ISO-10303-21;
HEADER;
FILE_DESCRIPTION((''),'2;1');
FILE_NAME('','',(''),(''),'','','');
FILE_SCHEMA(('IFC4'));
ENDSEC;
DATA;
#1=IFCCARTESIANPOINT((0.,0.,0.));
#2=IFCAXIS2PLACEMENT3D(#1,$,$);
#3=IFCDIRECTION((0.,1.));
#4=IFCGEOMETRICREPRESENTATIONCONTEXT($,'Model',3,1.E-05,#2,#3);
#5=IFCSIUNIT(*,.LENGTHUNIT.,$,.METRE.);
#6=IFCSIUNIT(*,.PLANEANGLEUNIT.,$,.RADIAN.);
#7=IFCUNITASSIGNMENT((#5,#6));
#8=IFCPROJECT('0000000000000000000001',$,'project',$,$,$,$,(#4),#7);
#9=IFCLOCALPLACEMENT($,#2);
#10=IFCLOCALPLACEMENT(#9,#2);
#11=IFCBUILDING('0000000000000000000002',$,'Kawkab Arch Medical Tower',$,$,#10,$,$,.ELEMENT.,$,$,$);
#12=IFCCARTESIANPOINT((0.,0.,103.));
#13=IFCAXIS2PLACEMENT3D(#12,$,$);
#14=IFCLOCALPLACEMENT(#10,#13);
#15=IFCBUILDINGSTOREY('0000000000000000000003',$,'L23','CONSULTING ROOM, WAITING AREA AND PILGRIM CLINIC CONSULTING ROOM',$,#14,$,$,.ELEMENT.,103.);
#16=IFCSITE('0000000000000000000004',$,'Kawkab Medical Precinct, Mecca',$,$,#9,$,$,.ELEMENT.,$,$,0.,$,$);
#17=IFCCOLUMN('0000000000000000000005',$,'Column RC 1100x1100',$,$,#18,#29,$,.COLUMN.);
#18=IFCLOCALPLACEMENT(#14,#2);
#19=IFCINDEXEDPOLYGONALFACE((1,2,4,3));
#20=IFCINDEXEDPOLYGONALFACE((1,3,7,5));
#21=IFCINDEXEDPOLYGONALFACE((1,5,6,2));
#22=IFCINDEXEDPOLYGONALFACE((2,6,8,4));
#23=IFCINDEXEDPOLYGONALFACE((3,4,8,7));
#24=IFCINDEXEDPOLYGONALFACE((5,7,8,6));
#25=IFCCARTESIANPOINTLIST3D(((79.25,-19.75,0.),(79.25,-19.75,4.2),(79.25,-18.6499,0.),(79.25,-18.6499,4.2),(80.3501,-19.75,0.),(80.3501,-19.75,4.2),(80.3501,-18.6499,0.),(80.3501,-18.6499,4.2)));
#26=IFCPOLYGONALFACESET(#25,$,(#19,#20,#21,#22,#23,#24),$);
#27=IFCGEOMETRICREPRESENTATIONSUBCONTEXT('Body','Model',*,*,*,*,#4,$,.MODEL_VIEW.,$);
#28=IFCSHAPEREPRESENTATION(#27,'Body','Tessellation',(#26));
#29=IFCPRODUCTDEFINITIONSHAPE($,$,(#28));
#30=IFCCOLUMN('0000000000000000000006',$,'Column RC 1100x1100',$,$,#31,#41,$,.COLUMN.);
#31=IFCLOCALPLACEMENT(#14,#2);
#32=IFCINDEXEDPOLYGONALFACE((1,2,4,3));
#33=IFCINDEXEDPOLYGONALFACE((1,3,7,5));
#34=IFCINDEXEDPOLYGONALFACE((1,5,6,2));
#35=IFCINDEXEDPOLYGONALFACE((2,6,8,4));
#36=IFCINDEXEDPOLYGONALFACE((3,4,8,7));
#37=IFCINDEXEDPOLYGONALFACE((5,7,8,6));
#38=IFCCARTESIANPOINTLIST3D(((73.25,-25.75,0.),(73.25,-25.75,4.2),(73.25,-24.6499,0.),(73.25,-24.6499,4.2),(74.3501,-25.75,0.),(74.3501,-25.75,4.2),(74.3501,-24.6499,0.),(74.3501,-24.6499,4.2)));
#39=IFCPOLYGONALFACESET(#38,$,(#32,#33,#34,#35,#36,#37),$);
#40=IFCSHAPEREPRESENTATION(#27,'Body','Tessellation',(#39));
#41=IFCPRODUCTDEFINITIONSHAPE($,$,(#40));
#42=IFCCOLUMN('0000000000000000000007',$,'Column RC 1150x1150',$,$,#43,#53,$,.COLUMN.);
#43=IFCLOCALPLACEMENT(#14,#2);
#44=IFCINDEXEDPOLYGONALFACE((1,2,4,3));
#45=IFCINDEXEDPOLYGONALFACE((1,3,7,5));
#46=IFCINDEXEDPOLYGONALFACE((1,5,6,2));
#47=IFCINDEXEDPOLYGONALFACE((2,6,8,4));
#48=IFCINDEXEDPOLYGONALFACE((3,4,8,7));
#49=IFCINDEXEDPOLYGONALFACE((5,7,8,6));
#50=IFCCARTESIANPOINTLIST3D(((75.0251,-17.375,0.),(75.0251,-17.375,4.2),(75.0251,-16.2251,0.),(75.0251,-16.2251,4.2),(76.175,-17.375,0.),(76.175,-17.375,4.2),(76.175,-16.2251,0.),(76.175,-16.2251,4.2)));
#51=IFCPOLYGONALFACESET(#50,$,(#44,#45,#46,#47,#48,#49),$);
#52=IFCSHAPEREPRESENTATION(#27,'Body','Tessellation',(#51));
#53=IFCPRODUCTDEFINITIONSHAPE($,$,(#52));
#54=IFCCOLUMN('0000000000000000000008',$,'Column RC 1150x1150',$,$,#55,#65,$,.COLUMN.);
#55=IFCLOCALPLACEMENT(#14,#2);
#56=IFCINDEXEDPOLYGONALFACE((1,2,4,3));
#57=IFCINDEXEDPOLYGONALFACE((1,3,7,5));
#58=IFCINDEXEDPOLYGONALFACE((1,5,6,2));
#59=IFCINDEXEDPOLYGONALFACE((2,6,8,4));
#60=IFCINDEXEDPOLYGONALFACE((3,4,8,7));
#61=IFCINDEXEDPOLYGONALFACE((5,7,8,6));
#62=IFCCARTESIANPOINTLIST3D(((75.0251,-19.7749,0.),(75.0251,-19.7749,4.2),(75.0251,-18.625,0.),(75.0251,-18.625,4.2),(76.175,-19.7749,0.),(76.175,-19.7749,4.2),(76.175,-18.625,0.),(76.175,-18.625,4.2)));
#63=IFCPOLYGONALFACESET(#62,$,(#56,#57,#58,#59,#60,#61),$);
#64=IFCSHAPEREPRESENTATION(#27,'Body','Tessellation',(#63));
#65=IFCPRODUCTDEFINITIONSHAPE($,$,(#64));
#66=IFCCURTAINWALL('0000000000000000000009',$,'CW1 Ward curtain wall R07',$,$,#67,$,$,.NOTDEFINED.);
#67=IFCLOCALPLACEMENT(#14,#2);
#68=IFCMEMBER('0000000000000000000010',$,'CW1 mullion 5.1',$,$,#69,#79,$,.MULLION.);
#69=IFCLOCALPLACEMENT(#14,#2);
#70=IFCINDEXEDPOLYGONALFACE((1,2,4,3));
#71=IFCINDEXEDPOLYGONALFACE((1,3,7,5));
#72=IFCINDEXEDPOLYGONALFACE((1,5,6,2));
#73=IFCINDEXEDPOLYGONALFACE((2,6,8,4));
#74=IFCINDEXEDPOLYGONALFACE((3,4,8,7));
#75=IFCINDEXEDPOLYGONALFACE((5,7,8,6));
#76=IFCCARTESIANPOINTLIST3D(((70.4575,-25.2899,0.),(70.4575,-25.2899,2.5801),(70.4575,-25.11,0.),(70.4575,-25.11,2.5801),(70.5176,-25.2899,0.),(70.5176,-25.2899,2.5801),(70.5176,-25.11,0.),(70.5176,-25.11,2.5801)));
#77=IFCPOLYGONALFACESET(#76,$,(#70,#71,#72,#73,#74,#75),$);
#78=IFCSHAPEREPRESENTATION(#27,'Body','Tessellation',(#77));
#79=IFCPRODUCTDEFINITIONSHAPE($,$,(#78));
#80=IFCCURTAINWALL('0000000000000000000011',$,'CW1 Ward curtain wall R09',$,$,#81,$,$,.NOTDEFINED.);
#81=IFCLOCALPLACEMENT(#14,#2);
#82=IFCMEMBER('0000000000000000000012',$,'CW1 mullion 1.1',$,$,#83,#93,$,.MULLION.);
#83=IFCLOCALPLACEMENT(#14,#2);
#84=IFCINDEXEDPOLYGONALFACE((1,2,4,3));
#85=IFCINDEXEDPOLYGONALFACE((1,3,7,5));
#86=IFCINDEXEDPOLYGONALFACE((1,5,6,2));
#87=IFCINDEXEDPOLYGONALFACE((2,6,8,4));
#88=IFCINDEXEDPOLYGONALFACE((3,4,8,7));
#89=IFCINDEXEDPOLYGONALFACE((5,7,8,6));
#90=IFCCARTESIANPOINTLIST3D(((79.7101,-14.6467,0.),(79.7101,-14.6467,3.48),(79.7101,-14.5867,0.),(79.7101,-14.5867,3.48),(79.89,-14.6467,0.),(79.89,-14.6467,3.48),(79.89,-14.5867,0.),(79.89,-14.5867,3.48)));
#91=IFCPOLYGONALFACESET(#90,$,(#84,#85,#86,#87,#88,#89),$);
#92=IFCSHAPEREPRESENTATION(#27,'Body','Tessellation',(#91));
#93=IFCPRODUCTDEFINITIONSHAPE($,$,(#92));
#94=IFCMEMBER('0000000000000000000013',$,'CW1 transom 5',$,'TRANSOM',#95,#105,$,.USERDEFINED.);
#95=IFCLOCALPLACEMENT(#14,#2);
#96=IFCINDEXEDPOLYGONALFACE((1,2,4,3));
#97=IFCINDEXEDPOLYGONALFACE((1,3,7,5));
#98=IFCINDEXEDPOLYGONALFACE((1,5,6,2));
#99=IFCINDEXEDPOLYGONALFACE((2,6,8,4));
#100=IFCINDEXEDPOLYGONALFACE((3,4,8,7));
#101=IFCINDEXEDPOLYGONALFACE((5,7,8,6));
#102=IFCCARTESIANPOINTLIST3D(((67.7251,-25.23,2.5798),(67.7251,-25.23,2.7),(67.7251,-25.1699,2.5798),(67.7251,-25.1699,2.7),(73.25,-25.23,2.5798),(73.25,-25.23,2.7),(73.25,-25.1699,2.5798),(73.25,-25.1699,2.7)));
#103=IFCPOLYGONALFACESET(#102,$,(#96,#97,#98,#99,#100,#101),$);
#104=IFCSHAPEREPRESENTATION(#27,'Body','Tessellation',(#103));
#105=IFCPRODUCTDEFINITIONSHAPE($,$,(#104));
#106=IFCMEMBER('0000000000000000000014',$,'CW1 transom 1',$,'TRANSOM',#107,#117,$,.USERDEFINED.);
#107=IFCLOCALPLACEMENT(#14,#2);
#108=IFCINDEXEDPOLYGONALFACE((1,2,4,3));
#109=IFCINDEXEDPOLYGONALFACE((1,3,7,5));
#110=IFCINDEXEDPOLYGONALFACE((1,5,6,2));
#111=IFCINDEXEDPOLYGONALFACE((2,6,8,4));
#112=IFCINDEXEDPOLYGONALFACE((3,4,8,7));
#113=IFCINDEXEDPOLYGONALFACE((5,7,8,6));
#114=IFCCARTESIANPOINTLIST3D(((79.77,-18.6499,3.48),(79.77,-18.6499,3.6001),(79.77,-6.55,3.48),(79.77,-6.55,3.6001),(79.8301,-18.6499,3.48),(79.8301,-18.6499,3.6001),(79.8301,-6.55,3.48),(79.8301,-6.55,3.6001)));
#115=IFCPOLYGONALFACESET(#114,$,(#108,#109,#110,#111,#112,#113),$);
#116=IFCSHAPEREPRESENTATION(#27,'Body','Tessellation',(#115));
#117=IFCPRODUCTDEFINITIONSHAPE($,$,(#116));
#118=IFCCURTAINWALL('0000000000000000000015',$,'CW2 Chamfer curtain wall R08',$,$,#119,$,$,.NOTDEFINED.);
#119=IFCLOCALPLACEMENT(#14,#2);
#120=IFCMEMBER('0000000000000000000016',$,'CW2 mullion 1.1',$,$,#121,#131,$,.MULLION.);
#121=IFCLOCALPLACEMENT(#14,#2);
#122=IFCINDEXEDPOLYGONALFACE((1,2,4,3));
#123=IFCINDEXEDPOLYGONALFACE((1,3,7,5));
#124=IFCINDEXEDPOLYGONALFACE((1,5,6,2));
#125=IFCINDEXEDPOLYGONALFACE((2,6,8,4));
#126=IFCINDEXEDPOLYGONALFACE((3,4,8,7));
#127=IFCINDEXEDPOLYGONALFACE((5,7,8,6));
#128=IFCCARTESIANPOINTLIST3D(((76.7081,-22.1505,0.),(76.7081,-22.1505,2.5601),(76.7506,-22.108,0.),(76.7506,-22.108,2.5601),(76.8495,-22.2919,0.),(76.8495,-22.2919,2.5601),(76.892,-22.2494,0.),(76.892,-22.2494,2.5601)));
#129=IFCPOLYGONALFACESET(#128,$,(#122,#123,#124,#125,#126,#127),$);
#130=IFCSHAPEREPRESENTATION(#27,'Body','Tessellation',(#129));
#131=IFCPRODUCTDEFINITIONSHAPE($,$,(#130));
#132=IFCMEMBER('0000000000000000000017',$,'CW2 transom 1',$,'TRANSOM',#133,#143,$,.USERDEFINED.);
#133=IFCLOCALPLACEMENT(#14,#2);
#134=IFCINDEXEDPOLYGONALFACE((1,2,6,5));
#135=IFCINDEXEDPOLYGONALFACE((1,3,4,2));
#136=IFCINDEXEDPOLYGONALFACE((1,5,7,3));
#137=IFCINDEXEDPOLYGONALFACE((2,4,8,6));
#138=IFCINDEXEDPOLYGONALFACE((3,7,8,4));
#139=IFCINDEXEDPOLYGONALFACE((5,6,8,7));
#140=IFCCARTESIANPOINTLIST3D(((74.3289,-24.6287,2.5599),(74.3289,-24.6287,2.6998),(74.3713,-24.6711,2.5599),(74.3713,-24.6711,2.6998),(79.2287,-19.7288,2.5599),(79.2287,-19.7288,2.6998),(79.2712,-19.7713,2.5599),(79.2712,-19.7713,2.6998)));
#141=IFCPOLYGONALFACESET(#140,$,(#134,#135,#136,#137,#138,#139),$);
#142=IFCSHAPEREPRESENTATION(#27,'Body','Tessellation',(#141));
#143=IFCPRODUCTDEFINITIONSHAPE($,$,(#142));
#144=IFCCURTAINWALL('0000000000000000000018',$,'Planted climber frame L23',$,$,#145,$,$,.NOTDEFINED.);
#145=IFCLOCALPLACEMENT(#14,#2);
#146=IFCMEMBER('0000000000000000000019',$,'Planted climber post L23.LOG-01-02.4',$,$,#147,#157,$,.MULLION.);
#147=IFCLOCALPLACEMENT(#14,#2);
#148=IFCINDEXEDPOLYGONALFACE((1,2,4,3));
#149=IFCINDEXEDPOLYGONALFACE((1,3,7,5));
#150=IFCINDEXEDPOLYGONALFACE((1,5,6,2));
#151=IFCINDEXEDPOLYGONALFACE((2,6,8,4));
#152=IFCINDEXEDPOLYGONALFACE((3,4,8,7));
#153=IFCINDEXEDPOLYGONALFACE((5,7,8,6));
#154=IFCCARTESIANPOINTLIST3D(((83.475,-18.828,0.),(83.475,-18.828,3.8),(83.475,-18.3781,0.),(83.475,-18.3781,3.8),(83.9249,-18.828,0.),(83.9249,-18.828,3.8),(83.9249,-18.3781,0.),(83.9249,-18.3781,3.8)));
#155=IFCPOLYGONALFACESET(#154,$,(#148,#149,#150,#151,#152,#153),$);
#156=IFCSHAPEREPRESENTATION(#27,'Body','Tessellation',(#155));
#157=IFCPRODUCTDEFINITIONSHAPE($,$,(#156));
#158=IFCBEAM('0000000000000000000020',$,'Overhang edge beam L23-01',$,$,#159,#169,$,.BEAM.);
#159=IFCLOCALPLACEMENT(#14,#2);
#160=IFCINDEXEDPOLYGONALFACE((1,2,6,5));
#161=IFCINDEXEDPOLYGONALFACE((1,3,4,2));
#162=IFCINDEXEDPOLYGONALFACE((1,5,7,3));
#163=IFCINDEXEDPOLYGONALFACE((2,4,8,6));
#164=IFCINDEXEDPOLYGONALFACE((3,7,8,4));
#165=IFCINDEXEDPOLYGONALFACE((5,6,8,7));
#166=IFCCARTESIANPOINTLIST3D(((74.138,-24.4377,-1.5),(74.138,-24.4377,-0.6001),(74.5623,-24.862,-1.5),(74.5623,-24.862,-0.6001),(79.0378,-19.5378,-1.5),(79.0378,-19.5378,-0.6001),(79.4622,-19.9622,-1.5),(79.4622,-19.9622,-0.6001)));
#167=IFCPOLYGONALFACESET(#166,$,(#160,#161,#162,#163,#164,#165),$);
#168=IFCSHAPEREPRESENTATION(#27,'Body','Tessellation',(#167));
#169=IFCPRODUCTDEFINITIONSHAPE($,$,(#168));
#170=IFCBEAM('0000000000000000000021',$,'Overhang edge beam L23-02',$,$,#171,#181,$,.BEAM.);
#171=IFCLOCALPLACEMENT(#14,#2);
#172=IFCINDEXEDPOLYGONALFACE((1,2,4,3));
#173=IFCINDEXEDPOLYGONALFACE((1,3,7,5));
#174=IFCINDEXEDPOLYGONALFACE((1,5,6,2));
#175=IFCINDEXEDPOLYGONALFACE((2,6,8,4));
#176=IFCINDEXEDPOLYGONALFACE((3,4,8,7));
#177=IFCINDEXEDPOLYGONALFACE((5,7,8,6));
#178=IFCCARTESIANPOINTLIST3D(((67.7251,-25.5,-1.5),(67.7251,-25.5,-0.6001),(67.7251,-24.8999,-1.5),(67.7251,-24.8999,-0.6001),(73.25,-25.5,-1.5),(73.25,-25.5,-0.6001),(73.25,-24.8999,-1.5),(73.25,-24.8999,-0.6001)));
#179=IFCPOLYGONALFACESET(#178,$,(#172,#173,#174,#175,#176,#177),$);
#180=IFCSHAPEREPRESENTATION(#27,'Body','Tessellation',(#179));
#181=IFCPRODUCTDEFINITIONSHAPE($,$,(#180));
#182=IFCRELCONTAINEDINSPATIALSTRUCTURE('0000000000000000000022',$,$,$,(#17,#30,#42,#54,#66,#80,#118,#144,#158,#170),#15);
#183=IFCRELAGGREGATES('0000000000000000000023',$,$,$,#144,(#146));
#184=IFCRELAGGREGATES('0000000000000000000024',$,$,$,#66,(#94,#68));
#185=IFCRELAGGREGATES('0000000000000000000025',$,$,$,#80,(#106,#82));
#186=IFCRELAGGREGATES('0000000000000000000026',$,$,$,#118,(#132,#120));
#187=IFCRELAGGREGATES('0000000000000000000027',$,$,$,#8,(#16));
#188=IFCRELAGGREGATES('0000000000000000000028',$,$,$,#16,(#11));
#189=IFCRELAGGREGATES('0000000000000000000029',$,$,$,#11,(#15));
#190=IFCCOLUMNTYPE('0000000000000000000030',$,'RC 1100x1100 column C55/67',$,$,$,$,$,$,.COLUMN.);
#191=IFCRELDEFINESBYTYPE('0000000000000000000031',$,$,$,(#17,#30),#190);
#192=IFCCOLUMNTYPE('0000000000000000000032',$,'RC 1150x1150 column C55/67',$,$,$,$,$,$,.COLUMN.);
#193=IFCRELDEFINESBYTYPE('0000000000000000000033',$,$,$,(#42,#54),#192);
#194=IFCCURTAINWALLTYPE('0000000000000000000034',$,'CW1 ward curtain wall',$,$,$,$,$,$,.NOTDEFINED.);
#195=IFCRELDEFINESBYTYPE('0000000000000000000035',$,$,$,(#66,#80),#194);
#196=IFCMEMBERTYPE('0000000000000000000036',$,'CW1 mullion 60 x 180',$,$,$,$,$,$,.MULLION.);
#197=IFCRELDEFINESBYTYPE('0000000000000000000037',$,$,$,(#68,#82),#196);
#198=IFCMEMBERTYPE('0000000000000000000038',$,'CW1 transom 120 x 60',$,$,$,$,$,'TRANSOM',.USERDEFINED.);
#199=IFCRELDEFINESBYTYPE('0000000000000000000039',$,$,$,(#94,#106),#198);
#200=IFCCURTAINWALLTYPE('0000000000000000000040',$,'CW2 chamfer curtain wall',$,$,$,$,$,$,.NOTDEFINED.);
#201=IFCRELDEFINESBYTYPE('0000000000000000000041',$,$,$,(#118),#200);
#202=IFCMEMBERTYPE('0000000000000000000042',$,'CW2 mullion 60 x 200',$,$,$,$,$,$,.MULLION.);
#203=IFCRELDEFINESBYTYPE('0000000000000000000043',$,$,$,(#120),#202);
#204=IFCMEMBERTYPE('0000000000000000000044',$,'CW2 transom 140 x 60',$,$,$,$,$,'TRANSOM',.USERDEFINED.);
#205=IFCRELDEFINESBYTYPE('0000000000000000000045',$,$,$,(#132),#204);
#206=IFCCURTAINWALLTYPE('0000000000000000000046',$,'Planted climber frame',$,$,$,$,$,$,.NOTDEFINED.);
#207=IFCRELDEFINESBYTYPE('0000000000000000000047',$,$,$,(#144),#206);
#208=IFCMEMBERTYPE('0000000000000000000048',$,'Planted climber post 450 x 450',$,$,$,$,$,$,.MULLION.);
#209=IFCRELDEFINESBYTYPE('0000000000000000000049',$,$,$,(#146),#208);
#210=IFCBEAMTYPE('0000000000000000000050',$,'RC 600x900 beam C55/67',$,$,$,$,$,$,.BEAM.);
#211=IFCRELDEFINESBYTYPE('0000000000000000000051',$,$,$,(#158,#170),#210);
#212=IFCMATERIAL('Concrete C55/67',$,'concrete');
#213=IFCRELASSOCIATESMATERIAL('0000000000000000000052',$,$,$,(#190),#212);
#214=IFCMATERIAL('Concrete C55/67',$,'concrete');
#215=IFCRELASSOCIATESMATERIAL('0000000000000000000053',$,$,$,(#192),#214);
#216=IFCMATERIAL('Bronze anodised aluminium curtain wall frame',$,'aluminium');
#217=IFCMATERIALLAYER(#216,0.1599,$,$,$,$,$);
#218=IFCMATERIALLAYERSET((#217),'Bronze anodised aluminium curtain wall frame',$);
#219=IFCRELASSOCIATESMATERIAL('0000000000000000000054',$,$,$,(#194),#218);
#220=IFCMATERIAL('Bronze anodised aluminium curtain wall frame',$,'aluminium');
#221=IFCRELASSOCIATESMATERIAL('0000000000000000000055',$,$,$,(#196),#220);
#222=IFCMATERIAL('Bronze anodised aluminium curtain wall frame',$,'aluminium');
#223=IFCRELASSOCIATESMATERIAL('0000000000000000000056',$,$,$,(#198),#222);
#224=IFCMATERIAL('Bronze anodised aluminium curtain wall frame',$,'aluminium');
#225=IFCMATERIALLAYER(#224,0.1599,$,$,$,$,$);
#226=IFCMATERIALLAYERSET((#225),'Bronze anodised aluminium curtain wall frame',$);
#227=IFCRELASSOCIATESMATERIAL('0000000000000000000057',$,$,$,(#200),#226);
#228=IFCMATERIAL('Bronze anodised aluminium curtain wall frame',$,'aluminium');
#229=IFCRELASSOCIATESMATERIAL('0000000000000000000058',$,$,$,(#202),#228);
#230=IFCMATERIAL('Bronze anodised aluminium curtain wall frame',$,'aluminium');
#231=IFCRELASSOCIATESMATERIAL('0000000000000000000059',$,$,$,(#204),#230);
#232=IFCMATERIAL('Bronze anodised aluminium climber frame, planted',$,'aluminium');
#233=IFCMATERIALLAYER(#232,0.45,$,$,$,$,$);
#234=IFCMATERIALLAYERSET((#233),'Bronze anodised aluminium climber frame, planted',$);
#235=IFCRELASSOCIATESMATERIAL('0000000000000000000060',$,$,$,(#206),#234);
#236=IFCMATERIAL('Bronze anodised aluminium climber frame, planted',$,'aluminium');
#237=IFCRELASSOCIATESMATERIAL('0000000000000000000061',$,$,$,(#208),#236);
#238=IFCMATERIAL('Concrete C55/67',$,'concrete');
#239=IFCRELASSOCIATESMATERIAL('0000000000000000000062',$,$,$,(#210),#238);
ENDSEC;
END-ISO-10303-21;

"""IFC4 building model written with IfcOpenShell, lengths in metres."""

from ifc_helpers import new_model, si_unit, direction, frame, origin, origin_2d, place, context, subcontext, project, spatial, rectangle, extrude, material, layer, layer_set, material_profile, profile_set, type_object, element, aggregate, save


model = new_model("IFC4")

# Units and contexts
model_context = context("Model", 3, precision=1e-05, world=origin(), true_north=direction((0.0, 1.0)))
body_context = subcontext(model_context, "Body", "Model", "MODEL_VIEW")
ifc_project = project(units=[si_unit("LENGTHUNIT", "METRE"), si_unit("PLANEANGLEUNIT", "RADIAN")], contexts=[model_context])

# Site, building, storey
site_placement = place(None, origin())
site = spatial("IfcSite", under=ifc_project, at=site_placement, Name="Kawkab Medical Precinct, Mecca", CompositionType="ELEMENT", RefElevation=0.0)
building_placement = place(site_placement, origin())
building = spatial("IfcBuilding", under=site, at=building_placement, Name="Kawkab Arch Medical Tower", CompositionType="ELEMENT")
storey_placement = place(building_placement, frame((0.0, 0.0, 103.0)))
storey = spatial("IfcBuildingStorey", under=building, at=storey_placement, Name="L23", Description="CONSULTING ROOM, WAITING AREA AND PILGRIM CLINIC CONSULTING ROOM", CompositionType="ELEMENT", Elevation=103.0)

# Columns
ifc_material_1 = material(Name="Concrete C55/67", Category="concrete")
ifc_material_profile_1 = material_profile(ifc_material_1, rectangle(XDim=1.1001, YDim=1.1001, at=origin_2d()), Name="RC 1100x1100")
ifc_profile_set_1 = profile_set([ifc_material_profile_1], Name="Concrete C55/67")
column_type_1 = type_object("IfcColumnType", Name="RC 1100x1100 column C55/67", PredefinedType="COLUMN", material=ifc_profile_set_1)
for number, where, z_axis, x_axis, name in (
    (1, (79.8, -19.2, 0.0), (0.0, 0.0, 1.0), (1.0, 0.0, 0.0), "Column RC 1100x1100"),
    (2, (73.8, -25.2, 0.0), (0.0, 0.0, 1.0), (1.0, 0.0, 0.0), "Column RC 1100x1100"),
):
    element("IfcColumn", number, at=place(storey_placement, frame(where, z_axis=z_axis, x_axis=x_axis)), inside=storey, type_object=column_type_1, Name=name, PredefinedType="COLUMN", context=body_context, shape_type="SweptSolid", body=[
        extrude(rectangle(XDim=1.1001, YDim=1.1001, at=origin_2d()), origin(), (0.0, 0.0, 1.0), 4.2),
    ])
ifc_material_2 = material(Name="Concrete C55/67", Category="concrete")
ifc_material_profile_2 = material_profile(ifc_material_2, rectangle(XDim=1.1499, YDim=1.1499, at=origin_2d()), Name="RC 1150x1150")
ifc_profile_set_2 = profile_set([ifc_material_profile_2], Name="Concrete C55/67")
column_type_2 = type_object("IfcColumnType", Name="RC 1150x1150 column C55/67", PredefinedType="COLUMN", material=ifc_profile_set_2)
for number, where, z_axis, x_axis, name in (
    (3, (75.6001, -16.8, 0.0), (0.0, 0.0, 1.0), (1.0, 0.0, 0.0), "Column RC 1150x1150"),
    (4, (75.6001, -19.2, 0.0), (0.0, 0.0, 1.0), (1.0, 0.0, 0.0), "Column RC 1150x1150"),
):
    element("IfcColumn", number, at=place(storey_placement, frame(where, z_axis=z_axis, x_axis=x_axis)), inside=storey, type_object=column_type_2, Name=name, PredefinedType="COLUMN", context=body_context, shape_type="SweptSolid", body=[
        extrude(rectangle(XDim=1.1499, YDim=1.1499, at=origin_2d()), origin(), (0.0, 0.0, 1.0), 4.2),
    ])

# Curtain walls, members
ifc_material_3 = material(Name="Bronze anodised aluminium curtain wall frame", Category="aluminium")
ifc_layer_1 = layer(ifc_material_3, 0.1599)
ifc_layer_set_1 = layer_set([ifc_layer_1], Name="Bronze anodised aluminium curtain wall frame")
curtain_wall_type_1 = type_object("IfcCurtainWallType", Name="CW1 ward curtain wall", PredefinedType="NOTDEFINED", material=ifc_layer_set_1)
placement = place(storey_placement, origin())
curtain_wall_1 = element("IfcCurtainWall", 5, at=placement, inside=storey, type_object=curtain_wall_type_1, Name="CW1 Ward curtain wall R07", PredefinedType="NOTDEFINED")
ifc_material_4 = material(Name="Bronze anodised aluminium curtain wall frame", Category="aluminium")
ifc_material_profile_3 = material_profile(ifc_material_4, rectangle(XDim=0.1799, YDim=0.0601, at=origin_2d()), Name="AL 60x180")
ifc_profile_set_3 = profile_set([ifc_material_profile_3], Name="Bronze anodised aluminium curtain wall frame")
member_type_1 = type_object("IfcMemberType", Name="CW1 mullion 60 x 180", PredefinedType="MULLION", material=ifc_profile_set_3)
member_1_placement = place(storey_placement, frame((70.4875, -25.2, 0.0), z_axis=(0.0, 0.0, 1.0), x_axis=(0.0, 1.0, 0.0)))
member_1 = element("IfcMember", 6, at=member_1_placement, type_object=member_type_1, Name="CW1 mullion 5.1", PredefinedType="MULLION", context=body_context, shape_type="SweptSolid", body=[
    extrude(rectangle(XDim=0.1799, YDim=0.0601, at=origin_2d()), origin(), (0.0, 0.0, 1.0), 2.5801),
])
curtain_wall_2 = element("IfcCurtainWall", 7, at=placement, inside=storey, type_object=curtain_wall_type_1, Name="CW1 Ward curtain wall R09", PredefinedType="NOTDEFINED")
member_2_placement = place(storey_placement, frame((79.8, -14.6167, 0.0), z_axis=(0.0, 0.0, 1.0), x_axis=(-1.0, 0.0, 0.0)))
member_2 = element("IfcMember", 8, at=member_2_placement, type_object=member_type_1, Name="CW1 mullion 1.1", PredefinedType="MULLION", context=body_context, shape_type="SweptSolid", body=[
    extrude(rectangle(XDim=0.1799, YDim=0.0601, at=origin_2d()), origin(), (0.0, 0.0, 1.0), 3.48),
])

# Members
ifc_material_5 = material(Name="Bronze anodised aluminium curtain wall frame", Category="aluminium")
ifc_material_profile_4 = material_profile(ifc_material_5, rectangle(XDim=0.0601, YDim=0.1201, at=origin_2d()), Name="AL 60x120")
ifc_profile_set_4 = profile_set([ifc_material_profile_4], Name="Bronze anodised aluminium curtain wall frame")
member_type_2 = type_object("IfcMemberType", Name="CW1 transom 120 x 60", ElementType="TRANSOM", PredefinedType="USERDEFINED", material=ifc_profile_set_4)
member_3_placement = place(storey_placement, frame((67.7251, -25.2, 2.6399), z_axis=(1.0, 0.0, 0.0), x_axis=(0.0, 1.0, 0.0)))
member_3 = element("IfcMember", 9, at=member_3_placement, type_object=member_type_2, Name="CW1 transom 5", ObjectType="TRANSOM", PredefinedType="USERDEFINED", context=body_context, shape_type="SweptSolid", body=[
    extrude(rectangle(XDim=0.0601, YDim=0.1201, at=origin_2d()), origin(), (0.0, 0.0, 1.0), 5.5249),
])
member_4_placement = place(storey_placement, frame((79.8, -18.6499, 3.54), z_axis=(0.0, 1.0, 0.0), x_axis=(-1.0, 0.0, 0.0)))
member_4 = element("IfcMember", 10, at=member_4_placement, type_object=member_type_2, Name="CW1 transom 1", ObjectType="TRANSOM", PredefinedType="USERDEFINED", context=body_context, shape_type="SweptSolid", body=[
    extrude(rectangle(XDim=0.0601, YDim=0.1201, at=origin_2d()), origin(), (0.0, 0.0, 1.0), 12.0999),
])

# Curtain wall, members
ifc_material_6 = material(Name="Bronze anodised aluminium curtain wall frame", Category="aluminium")
ifc_layer_2 = layer(ifc_material_6, 0.1599)
ifc_layer_set_2 = layer_set([ifc_layer_2], Name="Bronze anodised aluminium curtain wall frame")
curtain_wall_type_2 = type_object("IfcCurtainWallType", Name="CW2 chamfer curtain wall", PredefinedType="NOTDEFINED", material=ifc_layer_set_2)
curtain_wall_3 = element("IfcCurtainWall", 11, at=placement, inside=storey, type_object=curtain_wall_type_2, Name="CW2 Chamfer curtain wall R08", PredefinedType="NOTDEFINED")
ifc_material_7 = material(Name="Bronze anodised aluminium curtain wall frame", Category="aluminium")
ifc_material_profile_5 = material_profile(ifc_material_7, rectangle(XDim=0.2, YDim=0.0601, at=origin_2d()), Name="AL 60x200")
ifc_profile_set_5 = profile_set([ifc_material_profile_5], Name="Bronze anodised aluminium curtain wall frame")
member_type_3 = type_object("IfcMemberType", Name="CW2 mullion 60 x 200", PredefinedType="MULLION", material=ifc_profile_set_5)
member_5_placement = place(storey_placement, frame((76.8, -22.2, 0.0), z_axis=(0.0, 0.0, 1.0), x_axis=(-0.707107, 0.707107, 0.0)))
member_5 = element("IfcMember", 12, at=member_5_placement, type_object=member_type_3, Name="CW2 mullion 1.1", PredefinedType="MULLION", context=body_context, shape_type="SweptSolid", body=[
    extrude(rectangle(XDim=0.2, YDim=0.0601, at=origin_2d()), origin(), (0.0, 0.0, 1.0), 2.5601),
])
ifc_material_8 = material(Name="Bronze anodised aluminium curtain wall frame", Category="aluminium")
ifc_material_profile_6 = material_profile(ifc_material_8, rectangle(XDim=0.0601, YDim=0.1399, at=origin_2d()), Name="AL 60x140")
ifc_profile_set_6 = profile_set([ifc_material_profile_6], Name="Bronze anodised aluminium curtain wall frame")
member_type_4 = type_object("IfcMemberType", Name="CW2 transom 140 x 60", ElementType="TRANSOM", PredefinedType="USERDEFINED", material=ifc_profile_set_6)
member_6_placement = place(storey_placement, frame((74.3501, -24.6499, 2.6299), z_axis=(0.707107, 0.707107, 0.0), x_axis=(-0.707107, 0.707107, 0.0)))
member_6 = element("IfcMember", 13, at=member_6_placement, type_object=member_type_4, Name="CW2 transom 1", ObjectType="TRANSOM", PredefinedType="USERDEFINED", context=body_context, shape_type="SweptSolid", body=[
    extrude(rectangle(XDim=0.0601, YDim=0.1399, at=origin_2d()), origin(), (0.0, 0.0, 1.0), 6.9294),
])

# Curtain wall, member
ifc_material_9 = material(Name="Bronze anodised aluminium climber frame, planted", Category="aluminium")
ifc_layer_3 = layer(ifc_material_9, 0.45)
ifc_layer_set_3 = layer_set([ifc_layer_3], Name="Bronze anodised aluminium climber frame, planted")
curtain_wall_type_3 = type_object("IfcCurtainWallType", Name="Planted climber frame", PredefinedType="NOTDEFINED", material=ifc_layer_set_3)
curtain_wall_4 = element("IfcCurtainWall", 14, at=placement, inside=storey, type_object=curtain_wall_type_3, Name="Planted climber frame L23", PredefinedType="NOTDEFINED")
ifc_material_10 = material(Name="Bronze anodised aluminium climber frame, planted", Category="aluminium")
ifc_material_profile_7 = material_profile(ifc_material_10, rectangle(XDim=0.45, YDim=0.45, at=origin_2d()), Name="Post 450x450")
ifc_profile_set_7 = profile_set([ifc_material_profile_7], Name="Bronze anodised aluminium climber frame, planted")
member_type_5 = type_object("IfcMemberType", Name="Planted climber post 450 x 450", PredefinedType="MULLION", material=ifc_profile_set_7)
member_7_placement = place(storey_placement, frame((83.7, -18.603, 0.0), z_axis=(0.0, 0.0, 1.0), x_axis=(1.0, 0.0, 0.0)))
member_7 = element("IfcMember", 15, at=member_7_placement, type_object=member_type_5, Name="Planted climber post L23.LOG-01-02.4", PredefinedType="MULLION", context=body_context, shape_type="SweptSolid", body=[
    extrude(rectangle(XDim=0.45, YDim=0.45, at=origin_2d()), origin(), (0.0, 0.0, 1.0), 3.8),
])
aggregate(curtain_wall_4, [member_7])

# Beams
ifc_material_11 = material(Name="Concrete C55/67", Category="concrete")
ifc_material_profile_8 = material_profile(ifc_material_11, rectangle(XDim=0.6001, YDim=0.8999, at=origin_2d()), Name="RC 600x900")
ifc_profile_set_8 = profile_set([ifc_material_profile_8], Name="Concrete C55/67")
beam_type = type_object("IfcBeamType", Name="RC 600x900 beam C55/67", PredefinedType="BEAM", material=ifc_profile_set_8)
beam_1_placement = place(storey_placement, frame((79.25, -19.75, -1.05), z_axis=(-0.707107, -0.707107, 0.0), x_axis=(0.707107, -0.707107, 0.0)))
element("IfcBeam", 16, at=beam_1_placement, inside=storey, type_object=beam_type, Name="Overhang edge beam L23-01", PredefinedType="BEAM", context=body_context, shape_type="SweptSolid", body=[
    extrude(rectangle(XDim=0.6001, YDim=0.8999, at=origin_2d()), origin(), (0.0, 0.0, 1.0), 6.9294),
])
beam_2_placement = place(storey_placement, frame((73.25, -25.2, -1.05), z_axis=(-1.0, 0.0, 0.0), x_axis=(0.0, -1.0, 0.0)))
element("IfcBeam", 17, at=beam_2_placement, inside=storey, type_object=beam_type, Name="Overhang edge beam L23-02", PredefinedType="BEAM", context=body_context, shape_type="SweptSolid", body=[
    extrude(rectangle(XDim=0.6001, YDim=0.8999, at=origin_2d()), origin(), (0.0, 0.0, 1.0), 5.5249),
])

aggregate(curtain_wall_1, [member_3, member_1])
aggregate(curtain_wall_2, [member_4, member_2])
aggregate(curtain_wall_3, [member_6, member_5])

save(model, "model.ifc")
